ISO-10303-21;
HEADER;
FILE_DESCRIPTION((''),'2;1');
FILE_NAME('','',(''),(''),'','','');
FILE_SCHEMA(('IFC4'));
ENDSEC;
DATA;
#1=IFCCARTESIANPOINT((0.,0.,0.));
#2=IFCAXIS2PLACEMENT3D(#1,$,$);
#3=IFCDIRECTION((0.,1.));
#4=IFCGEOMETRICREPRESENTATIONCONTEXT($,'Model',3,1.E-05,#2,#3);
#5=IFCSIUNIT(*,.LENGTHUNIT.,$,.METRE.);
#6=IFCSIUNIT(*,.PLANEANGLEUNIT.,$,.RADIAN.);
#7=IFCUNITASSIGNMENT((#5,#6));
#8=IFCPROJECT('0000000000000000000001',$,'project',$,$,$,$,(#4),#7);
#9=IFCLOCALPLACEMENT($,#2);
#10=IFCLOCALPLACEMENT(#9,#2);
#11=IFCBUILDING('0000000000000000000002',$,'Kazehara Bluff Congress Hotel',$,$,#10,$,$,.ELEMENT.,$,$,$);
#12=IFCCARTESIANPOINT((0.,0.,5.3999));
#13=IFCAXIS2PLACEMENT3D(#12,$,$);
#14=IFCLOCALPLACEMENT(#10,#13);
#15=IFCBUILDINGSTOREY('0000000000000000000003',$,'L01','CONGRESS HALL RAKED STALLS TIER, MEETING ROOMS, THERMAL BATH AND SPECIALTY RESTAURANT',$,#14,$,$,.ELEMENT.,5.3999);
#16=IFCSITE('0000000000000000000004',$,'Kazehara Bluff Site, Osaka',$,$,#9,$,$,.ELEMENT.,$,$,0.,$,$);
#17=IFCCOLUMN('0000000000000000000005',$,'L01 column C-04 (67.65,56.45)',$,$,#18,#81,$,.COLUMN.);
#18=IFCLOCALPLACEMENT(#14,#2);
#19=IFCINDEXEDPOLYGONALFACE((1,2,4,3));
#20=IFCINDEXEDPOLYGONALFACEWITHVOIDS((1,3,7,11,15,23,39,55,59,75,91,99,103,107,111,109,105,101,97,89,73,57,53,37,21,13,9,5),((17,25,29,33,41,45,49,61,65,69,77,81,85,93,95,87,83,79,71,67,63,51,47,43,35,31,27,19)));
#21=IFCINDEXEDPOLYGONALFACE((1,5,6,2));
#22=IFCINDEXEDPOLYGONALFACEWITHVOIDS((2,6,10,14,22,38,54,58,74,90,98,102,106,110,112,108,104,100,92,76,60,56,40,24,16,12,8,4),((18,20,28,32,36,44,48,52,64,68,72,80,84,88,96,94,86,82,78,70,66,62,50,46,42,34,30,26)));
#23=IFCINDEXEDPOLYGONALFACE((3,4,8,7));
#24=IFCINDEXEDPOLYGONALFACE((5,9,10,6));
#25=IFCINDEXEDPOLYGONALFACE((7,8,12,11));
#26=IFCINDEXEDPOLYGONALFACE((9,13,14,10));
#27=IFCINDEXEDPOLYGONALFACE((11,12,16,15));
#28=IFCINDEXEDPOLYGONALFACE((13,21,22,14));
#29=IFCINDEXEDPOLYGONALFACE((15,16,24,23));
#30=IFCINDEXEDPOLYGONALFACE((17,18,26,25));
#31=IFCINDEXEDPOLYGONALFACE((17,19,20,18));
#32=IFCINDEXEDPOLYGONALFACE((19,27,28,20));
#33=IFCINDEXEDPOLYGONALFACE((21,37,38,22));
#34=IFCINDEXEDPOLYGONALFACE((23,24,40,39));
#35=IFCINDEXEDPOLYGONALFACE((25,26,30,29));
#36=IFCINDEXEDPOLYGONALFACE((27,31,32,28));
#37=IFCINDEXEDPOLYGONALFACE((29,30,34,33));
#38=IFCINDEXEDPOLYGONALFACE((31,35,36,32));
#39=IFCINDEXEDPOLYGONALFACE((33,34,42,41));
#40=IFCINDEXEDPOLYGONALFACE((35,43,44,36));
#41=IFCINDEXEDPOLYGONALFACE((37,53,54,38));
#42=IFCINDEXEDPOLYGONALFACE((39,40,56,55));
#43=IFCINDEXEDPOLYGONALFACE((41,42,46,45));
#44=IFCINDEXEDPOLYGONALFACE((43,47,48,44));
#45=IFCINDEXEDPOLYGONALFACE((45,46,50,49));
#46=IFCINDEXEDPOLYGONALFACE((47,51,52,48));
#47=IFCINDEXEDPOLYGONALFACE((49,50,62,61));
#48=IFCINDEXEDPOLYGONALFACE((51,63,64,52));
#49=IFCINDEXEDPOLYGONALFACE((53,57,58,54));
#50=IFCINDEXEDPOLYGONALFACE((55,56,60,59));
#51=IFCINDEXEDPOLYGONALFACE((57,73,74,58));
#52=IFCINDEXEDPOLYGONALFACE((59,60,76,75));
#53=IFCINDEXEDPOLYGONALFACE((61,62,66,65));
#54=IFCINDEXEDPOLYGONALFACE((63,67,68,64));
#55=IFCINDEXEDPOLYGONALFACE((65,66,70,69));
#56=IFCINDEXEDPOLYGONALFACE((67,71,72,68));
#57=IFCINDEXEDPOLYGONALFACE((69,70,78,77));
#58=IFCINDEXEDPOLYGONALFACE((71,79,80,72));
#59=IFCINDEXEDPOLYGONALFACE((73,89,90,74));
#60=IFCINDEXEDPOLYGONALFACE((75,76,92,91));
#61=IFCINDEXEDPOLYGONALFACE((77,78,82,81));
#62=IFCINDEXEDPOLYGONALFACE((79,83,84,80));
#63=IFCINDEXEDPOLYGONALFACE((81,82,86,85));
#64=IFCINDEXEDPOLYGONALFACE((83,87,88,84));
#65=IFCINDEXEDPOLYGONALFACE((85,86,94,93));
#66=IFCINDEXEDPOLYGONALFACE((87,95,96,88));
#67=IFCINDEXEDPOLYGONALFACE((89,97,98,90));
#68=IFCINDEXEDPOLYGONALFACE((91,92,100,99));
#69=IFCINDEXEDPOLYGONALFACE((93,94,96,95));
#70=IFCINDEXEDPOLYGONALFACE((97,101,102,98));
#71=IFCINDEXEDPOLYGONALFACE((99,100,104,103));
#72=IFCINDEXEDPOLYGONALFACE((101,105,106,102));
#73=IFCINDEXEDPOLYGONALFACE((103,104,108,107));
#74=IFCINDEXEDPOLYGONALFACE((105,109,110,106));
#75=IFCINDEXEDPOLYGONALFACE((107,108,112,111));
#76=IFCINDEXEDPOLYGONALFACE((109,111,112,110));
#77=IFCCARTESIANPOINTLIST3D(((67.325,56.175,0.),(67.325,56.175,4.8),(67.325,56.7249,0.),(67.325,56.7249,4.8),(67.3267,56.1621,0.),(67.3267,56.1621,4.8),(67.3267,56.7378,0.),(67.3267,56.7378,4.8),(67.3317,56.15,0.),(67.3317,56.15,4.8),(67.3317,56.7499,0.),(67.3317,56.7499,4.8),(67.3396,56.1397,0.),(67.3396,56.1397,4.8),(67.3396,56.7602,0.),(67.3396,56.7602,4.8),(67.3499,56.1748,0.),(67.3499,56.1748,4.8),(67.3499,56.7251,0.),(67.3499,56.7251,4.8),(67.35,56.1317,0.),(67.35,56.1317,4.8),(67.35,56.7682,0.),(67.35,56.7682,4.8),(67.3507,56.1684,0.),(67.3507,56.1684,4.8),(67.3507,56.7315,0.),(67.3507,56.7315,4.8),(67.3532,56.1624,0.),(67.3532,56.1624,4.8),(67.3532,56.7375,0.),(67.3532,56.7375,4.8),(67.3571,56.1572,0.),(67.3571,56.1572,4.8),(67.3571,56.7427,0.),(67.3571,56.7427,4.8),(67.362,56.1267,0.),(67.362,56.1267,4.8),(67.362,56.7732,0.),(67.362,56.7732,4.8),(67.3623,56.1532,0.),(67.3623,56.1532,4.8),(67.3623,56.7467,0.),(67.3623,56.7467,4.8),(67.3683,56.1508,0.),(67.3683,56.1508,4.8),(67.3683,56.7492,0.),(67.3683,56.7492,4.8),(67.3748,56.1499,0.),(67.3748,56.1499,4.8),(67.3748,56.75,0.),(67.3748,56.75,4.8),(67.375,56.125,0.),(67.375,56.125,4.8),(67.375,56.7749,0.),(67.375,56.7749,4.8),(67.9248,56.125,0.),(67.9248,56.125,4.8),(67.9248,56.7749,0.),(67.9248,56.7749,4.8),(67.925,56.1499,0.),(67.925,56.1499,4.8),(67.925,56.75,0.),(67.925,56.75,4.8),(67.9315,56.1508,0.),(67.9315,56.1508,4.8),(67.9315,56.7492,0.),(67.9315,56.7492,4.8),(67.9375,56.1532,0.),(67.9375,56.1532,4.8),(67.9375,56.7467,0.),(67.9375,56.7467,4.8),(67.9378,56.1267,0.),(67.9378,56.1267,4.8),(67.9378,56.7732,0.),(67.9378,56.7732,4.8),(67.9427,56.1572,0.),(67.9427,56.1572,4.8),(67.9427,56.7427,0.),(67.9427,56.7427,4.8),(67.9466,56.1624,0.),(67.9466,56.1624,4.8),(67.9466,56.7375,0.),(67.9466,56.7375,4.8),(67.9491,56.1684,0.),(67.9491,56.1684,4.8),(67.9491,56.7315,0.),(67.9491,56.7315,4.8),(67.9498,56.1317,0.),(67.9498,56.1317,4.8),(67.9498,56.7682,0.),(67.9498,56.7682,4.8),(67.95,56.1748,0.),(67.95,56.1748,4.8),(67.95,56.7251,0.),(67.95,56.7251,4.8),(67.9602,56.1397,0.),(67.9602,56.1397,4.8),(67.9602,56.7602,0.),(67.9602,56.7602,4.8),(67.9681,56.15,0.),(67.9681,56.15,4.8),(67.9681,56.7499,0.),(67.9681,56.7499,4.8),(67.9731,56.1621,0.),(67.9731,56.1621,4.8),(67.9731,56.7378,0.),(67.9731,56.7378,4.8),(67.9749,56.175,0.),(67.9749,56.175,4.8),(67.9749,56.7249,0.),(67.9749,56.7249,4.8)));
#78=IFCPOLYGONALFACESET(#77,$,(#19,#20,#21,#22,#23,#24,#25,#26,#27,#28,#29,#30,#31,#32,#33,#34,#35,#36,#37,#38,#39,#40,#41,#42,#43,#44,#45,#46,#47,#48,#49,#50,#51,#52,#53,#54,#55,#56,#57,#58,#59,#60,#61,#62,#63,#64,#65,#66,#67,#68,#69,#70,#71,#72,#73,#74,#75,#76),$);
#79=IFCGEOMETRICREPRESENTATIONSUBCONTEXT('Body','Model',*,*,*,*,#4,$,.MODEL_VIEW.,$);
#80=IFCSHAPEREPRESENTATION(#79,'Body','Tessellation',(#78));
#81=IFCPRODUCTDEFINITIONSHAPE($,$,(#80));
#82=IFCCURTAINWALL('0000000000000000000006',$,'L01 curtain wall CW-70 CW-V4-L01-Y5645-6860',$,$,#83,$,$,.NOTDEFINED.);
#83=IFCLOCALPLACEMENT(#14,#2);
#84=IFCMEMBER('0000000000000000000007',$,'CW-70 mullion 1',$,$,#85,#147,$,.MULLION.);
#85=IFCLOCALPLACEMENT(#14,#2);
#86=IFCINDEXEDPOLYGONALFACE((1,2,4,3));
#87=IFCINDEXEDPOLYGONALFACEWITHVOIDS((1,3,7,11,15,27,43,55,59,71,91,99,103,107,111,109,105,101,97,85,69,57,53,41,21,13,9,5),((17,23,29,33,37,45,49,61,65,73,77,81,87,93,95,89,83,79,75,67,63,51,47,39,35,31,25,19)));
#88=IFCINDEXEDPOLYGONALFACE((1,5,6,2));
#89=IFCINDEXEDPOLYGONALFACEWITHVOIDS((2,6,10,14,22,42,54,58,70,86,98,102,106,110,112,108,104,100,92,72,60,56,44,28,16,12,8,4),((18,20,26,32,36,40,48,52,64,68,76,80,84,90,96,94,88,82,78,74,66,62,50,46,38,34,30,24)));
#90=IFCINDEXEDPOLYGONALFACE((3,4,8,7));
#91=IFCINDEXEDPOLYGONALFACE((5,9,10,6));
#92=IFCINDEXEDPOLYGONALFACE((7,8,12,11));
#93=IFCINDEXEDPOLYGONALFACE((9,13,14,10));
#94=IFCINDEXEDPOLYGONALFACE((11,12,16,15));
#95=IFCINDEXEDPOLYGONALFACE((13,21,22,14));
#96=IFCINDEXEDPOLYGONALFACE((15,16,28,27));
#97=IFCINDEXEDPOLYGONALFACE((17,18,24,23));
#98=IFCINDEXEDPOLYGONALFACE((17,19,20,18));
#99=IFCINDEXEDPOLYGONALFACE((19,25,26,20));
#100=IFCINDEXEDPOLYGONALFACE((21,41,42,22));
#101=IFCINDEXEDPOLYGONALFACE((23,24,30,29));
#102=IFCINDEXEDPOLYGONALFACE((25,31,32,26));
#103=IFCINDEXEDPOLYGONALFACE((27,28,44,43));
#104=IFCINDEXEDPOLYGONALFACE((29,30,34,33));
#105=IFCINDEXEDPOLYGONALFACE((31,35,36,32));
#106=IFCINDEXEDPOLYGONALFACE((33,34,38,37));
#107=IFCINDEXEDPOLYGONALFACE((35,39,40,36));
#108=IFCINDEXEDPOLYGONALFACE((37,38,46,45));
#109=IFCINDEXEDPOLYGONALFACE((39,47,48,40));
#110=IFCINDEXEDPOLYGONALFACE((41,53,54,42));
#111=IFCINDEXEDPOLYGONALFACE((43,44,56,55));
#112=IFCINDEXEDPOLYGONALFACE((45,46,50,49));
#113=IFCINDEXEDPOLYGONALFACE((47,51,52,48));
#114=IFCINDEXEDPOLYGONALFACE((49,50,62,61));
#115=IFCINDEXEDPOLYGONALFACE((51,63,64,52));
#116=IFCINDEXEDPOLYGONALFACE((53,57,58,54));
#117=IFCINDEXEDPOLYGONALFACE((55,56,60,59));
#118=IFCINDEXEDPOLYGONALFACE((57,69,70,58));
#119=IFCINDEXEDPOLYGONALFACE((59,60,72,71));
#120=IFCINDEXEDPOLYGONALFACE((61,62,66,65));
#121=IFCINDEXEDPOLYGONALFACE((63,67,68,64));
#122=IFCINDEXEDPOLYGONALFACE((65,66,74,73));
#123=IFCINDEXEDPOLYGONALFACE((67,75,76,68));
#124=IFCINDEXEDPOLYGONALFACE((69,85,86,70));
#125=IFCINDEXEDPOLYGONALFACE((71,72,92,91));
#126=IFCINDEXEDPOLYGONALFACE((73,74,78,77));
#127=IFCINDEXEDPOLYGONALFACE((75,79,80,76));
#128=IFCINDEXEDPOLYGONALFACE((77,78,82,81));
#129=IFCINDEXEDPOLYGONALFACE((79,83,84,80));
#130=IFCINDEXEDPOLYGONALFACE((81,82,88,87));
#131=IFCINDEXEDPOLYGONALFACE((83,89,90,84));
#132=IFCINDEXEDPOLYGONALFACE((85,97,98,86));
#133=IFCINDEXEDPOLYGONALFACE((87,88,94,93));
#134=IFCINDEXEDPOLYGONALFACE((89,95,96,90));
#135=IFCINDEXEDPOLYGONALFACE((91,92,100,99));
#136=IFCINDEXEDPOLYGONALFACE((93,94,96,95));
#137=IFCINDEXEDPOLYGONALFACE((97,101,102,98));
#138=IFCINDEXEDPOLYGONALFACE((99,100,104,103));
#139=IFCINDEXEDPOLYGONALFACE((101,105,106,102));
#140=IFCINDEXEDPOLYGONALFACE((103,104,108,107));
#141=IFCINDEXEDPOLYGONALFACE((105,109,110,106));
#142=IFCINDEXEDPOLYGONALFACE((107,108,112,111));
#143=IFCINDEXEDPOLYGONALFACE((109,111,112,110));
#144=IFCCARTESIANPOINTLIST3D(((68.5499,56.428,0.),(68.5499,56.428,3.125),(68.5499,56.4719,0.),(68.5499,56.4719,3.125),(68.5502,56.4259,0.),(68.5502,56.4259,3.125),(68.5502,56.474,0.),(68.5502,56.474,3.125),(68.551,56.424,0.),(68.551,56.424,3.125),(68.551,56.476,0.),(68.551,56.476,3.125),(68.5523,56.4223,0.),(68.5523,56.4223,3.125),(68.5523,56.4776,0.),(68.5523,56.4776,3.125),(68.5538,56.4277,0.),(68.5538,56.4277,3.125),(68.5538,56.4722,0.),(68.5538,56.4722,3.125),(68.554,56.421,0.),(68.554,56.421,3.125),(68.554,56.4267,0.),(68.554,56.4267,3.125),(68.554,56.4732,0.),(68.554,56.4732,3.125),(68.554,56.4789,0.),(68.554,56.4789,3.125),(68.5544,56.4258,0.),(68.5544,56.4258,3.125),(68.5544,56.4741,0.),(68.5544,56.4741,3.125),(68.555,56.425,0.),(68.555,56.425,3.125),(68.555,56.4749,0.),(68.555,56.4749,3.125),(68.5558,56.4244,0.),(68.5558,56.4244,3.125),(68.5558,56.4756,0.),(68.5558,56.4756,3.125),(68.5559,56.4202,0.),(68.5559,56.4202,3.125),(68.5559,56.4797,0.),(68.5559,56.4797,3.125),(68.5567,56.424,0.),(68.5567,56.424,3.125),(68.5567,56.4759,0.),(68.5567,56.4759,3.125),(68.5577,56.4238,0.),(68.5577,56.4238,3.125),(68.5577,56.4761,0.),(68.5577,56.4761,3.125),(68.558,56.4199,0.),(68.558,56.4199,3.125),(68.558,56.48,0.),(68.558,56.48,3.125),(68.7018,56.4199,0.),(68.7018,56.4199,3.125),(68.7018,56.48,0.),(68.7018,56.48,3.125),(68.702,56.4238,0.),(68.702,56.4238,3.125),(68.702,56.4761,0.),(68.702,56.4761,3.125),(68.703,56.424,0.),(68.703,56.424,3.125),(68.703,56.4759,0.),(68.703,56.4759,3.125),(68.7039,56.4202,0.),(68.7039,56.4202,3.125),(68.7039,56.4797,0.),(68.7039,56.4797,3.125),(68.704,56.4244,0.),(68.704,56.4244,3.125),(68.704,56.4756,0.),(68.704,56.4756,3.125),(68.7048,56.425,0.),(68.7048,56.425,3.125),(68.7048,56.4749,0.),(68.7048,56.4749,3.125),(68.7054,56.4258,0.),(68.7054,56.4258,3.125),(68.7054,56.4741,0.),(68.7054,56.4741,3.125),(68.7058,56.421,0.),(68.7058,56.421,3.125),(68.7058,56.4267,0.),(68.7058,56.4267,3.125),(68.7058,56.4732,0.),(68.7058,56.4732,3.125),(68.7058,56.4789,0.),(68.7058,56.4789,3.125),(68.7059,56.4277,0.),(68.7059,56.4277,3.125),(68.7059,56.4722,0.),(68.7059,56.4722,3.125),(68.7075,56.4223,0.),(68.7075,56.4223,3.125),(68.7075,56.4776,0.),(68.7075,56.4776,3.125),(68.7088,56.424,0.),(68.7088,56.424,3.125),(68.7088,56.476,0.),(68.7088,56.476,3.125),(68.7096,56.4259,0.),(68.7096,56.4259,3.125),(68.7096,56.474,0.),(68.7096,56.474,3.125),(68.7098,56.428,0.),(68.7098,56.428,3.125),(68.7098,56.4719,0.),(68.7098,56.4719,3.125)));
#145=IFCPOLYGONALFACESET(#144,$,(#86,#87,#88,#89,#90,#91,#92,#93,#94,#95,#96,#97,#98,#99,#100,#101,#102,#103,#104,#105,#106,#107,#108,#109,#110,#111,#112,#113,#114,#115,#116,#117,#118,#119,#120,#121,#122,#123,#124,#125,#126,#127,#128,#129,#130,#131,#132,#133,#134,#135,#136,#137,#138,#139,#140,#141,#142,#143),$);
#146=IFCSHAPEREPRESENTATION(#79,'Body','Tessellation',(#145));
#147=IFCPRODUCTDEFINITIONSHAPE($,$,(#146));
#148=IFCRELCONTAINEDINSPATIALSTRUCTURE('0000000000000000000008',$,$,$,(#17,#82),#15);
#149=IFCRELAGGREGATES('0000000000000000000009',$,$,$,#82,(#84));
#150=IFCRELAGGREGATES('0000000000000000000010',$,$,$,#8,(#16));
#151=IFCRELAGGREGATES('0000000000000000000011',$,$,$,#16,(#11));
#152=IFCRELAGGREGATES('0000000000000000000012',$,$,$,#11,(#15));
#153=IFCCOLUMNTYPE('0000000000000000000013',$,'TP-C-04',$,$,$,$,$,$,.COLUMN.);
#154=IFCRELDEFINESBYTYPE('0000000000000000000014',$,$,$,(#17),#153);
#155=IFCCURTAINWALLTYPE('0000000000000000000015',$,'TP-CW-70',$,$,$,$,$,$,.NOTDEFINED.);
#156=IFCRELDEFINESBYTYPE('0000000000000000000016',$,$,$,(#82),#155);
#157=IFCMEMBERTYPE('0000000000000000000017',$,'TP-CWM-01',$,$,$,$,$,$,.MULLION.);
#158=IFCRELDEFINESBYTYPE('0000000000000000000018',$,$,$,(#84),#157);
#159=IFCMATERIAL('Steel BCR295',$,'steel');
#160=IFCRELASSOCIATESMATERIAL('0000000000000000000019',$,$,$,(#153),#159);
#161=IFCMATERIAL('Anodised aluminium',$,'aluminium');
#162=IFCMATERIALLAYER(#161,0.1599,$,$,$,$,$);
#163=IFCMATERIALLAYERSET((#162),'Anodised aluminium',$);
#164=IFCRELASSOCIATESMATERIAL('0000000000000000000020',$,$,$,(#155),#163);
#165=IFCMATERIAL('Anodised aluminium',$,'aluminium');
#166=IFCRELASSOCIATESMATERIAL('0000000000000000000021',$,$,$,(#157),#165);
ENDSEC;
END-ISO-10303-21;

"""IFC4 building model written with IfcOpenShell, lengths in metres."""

from ifc_helpers import new_model, si_unit, direction, frame, origin, origin_2d, place, context, subcontext, project, spatial, hollow_rectangle, extrude, material, layer, layer_set, material_profile, profile_set, type_object, element, aggregate, save


model = new_model("IFC4")

# Units and contexts
model_context = context("Model", 3, precision=1e-05, world=origin(), true_north=direction((0.0, 1.0)))
body_context = subcontext(model_context, "Body", "Model", "MODEL_VIEW")
ifc_project = project(units=[si_unit("LENGTHUNIT", "METRE"), si_unit("PLANEANGLEUNIT", "RADIAN")], contexts=[model_context])

# Site, building, storey
site_placement = place(None, origin())
site = spatial("IfcSite", under=ifc_project, at=site_placement, Name="Kazehara Bluff Site, Osaka", CompositionType="ELEMENT", RefElevation=0.0)
building_placement = place(site_placement, origin())
building = spatial("IfcBuilding", under=site, at=building_placement, Name="Kazehara Bluff Congress Hotel", CompositionType="ELEMENT")
storey_placement = place(building_placement, frame((0.0, 0.0, 5.3999)))
storey = spatial("IfcBuildingStorey", under=building, at=storey_placement, Name="L01", Description="CONGRESS HALL RAKED STALLS TIER, MEETING ROOMS, THERMAL BATH AND SPECIALTY RESTAURANT", CompositionType="ELEMENT", Elevation=5.3999)

# Column
ifc_material_1 = material(Name="Steel BCR295", Category="steel")
ifc_material_profile_1 = material_profile(ifc_material_1, hollow_rectangle(XDim=0.6499, YDim=0.6499, WallThickness=0.0249, InnerFilletRadius=0.0249, OuterFilletRadius=0.05, at=origin_2d()))
ifc_profile_set_1 = profile_set([ifc_material_profile_1], Name="Steel BCR295")
column_type = type_object("IfcColumnType", Name="TP-C-04", PredefinedType="COLUMN", material=ifc_profile_set_1)
for number, where, z_axis, x_axis, name in (
    (1, (67.6499, 56.45, 0.0), (0.0, 0.0, 1.0), (1.0, 0.0, 0.0), "L01 column C-04 (67.65,56.45)"),
):
    element("IfcColumn", number, at=place(storey_placement, frame(where, z_axis=z_axis, x_axis=x_axis)), inside=storey, type_object=column_type, Name=name, PredefinedType="COLUMN", context=body_context, shape_type="SweptSolid", body=[
        extrude(hollow_rectangle(XDim=0.6499, YDim=0.6499, WallThickness=0.0249, InnerFilletRadius=0.0249, OuterFilletRadius=0.05, at=origin_2d()), origin(), (0.0, 0.0, 1.0), 4.8),
    ])

# Curtain wall, member
ifc_material_2 = material(Name="Anodised aluminium", Category="aluminium")
ifc_layer_1 = layer(ifc_material_2, 0.1599)
ifc_layer_set_1 = layer_set([ifc_layer_1], Name="Anodised aluminium")
curtain_wall_type_1 = type_object("IfcCurtainWallType", Name="TP-CW-70", PredefinedType="NOTDEFINED", material=ifc_layer_set_1)
curtain_wall_1_placement = place(storey_placement, origin())
curtain_wall_1 = element("IfcCurtainWall", 2, at=curtain_wall_1_placement, inside=storey, type_object=curtain_wall_type_1, Name="L01 curtain wall CW-70 CW-V4-L01-Y5645-6860", PredefinedType="NOTDEFINED")
ifc_material_3 = material(Name="Anodised aluminium", Category="aluminium")
ifc_material_profile_2 = material_profile(ifc_material_3, hollow_rectangle(XDim=0.0601, YDim=0.1599, WallThickness=0.0039, InnerFilletRadius=0.0039, OuterFilletRadius=0.0081, at=origin_2d()))
ifc_profile_set_2 = profile_set([ifc_material_profile_2], Name="Anodised aluminium")
member_type_1 = type_object("IfcMemberType", Name="TP-CWM-01", PredefinedType="MULLION", material=ifc_profile_set_2)
member_1_placement = place(storey_placement, frame((68.6299, 56.45, 0.0), z_axis=(0.0, 0.0, 1.0), x_axis=(0.0, 1.0, 0.0)))
member_1 = element("IfcMember", 3, at=member_1_placement, type_object=member_type_1, Name="CW-70 mullion 1", PredefinedType="MULLION", context=body_context, shape_type="SweptSolid", body=[
    extrude(hollow_rectangle(XDim=0.0601, YDim=0.1599, WallThickness=0.0039, InnerFilletRadius=0.0039, OuterFilletRadius=0.0081, at=origin_2d()), origin(), (0.0, 0.0, 1.0), 3.125),
])

aggregate(curtain_wall_1, [member_1])

save(model, "model.ifc")
